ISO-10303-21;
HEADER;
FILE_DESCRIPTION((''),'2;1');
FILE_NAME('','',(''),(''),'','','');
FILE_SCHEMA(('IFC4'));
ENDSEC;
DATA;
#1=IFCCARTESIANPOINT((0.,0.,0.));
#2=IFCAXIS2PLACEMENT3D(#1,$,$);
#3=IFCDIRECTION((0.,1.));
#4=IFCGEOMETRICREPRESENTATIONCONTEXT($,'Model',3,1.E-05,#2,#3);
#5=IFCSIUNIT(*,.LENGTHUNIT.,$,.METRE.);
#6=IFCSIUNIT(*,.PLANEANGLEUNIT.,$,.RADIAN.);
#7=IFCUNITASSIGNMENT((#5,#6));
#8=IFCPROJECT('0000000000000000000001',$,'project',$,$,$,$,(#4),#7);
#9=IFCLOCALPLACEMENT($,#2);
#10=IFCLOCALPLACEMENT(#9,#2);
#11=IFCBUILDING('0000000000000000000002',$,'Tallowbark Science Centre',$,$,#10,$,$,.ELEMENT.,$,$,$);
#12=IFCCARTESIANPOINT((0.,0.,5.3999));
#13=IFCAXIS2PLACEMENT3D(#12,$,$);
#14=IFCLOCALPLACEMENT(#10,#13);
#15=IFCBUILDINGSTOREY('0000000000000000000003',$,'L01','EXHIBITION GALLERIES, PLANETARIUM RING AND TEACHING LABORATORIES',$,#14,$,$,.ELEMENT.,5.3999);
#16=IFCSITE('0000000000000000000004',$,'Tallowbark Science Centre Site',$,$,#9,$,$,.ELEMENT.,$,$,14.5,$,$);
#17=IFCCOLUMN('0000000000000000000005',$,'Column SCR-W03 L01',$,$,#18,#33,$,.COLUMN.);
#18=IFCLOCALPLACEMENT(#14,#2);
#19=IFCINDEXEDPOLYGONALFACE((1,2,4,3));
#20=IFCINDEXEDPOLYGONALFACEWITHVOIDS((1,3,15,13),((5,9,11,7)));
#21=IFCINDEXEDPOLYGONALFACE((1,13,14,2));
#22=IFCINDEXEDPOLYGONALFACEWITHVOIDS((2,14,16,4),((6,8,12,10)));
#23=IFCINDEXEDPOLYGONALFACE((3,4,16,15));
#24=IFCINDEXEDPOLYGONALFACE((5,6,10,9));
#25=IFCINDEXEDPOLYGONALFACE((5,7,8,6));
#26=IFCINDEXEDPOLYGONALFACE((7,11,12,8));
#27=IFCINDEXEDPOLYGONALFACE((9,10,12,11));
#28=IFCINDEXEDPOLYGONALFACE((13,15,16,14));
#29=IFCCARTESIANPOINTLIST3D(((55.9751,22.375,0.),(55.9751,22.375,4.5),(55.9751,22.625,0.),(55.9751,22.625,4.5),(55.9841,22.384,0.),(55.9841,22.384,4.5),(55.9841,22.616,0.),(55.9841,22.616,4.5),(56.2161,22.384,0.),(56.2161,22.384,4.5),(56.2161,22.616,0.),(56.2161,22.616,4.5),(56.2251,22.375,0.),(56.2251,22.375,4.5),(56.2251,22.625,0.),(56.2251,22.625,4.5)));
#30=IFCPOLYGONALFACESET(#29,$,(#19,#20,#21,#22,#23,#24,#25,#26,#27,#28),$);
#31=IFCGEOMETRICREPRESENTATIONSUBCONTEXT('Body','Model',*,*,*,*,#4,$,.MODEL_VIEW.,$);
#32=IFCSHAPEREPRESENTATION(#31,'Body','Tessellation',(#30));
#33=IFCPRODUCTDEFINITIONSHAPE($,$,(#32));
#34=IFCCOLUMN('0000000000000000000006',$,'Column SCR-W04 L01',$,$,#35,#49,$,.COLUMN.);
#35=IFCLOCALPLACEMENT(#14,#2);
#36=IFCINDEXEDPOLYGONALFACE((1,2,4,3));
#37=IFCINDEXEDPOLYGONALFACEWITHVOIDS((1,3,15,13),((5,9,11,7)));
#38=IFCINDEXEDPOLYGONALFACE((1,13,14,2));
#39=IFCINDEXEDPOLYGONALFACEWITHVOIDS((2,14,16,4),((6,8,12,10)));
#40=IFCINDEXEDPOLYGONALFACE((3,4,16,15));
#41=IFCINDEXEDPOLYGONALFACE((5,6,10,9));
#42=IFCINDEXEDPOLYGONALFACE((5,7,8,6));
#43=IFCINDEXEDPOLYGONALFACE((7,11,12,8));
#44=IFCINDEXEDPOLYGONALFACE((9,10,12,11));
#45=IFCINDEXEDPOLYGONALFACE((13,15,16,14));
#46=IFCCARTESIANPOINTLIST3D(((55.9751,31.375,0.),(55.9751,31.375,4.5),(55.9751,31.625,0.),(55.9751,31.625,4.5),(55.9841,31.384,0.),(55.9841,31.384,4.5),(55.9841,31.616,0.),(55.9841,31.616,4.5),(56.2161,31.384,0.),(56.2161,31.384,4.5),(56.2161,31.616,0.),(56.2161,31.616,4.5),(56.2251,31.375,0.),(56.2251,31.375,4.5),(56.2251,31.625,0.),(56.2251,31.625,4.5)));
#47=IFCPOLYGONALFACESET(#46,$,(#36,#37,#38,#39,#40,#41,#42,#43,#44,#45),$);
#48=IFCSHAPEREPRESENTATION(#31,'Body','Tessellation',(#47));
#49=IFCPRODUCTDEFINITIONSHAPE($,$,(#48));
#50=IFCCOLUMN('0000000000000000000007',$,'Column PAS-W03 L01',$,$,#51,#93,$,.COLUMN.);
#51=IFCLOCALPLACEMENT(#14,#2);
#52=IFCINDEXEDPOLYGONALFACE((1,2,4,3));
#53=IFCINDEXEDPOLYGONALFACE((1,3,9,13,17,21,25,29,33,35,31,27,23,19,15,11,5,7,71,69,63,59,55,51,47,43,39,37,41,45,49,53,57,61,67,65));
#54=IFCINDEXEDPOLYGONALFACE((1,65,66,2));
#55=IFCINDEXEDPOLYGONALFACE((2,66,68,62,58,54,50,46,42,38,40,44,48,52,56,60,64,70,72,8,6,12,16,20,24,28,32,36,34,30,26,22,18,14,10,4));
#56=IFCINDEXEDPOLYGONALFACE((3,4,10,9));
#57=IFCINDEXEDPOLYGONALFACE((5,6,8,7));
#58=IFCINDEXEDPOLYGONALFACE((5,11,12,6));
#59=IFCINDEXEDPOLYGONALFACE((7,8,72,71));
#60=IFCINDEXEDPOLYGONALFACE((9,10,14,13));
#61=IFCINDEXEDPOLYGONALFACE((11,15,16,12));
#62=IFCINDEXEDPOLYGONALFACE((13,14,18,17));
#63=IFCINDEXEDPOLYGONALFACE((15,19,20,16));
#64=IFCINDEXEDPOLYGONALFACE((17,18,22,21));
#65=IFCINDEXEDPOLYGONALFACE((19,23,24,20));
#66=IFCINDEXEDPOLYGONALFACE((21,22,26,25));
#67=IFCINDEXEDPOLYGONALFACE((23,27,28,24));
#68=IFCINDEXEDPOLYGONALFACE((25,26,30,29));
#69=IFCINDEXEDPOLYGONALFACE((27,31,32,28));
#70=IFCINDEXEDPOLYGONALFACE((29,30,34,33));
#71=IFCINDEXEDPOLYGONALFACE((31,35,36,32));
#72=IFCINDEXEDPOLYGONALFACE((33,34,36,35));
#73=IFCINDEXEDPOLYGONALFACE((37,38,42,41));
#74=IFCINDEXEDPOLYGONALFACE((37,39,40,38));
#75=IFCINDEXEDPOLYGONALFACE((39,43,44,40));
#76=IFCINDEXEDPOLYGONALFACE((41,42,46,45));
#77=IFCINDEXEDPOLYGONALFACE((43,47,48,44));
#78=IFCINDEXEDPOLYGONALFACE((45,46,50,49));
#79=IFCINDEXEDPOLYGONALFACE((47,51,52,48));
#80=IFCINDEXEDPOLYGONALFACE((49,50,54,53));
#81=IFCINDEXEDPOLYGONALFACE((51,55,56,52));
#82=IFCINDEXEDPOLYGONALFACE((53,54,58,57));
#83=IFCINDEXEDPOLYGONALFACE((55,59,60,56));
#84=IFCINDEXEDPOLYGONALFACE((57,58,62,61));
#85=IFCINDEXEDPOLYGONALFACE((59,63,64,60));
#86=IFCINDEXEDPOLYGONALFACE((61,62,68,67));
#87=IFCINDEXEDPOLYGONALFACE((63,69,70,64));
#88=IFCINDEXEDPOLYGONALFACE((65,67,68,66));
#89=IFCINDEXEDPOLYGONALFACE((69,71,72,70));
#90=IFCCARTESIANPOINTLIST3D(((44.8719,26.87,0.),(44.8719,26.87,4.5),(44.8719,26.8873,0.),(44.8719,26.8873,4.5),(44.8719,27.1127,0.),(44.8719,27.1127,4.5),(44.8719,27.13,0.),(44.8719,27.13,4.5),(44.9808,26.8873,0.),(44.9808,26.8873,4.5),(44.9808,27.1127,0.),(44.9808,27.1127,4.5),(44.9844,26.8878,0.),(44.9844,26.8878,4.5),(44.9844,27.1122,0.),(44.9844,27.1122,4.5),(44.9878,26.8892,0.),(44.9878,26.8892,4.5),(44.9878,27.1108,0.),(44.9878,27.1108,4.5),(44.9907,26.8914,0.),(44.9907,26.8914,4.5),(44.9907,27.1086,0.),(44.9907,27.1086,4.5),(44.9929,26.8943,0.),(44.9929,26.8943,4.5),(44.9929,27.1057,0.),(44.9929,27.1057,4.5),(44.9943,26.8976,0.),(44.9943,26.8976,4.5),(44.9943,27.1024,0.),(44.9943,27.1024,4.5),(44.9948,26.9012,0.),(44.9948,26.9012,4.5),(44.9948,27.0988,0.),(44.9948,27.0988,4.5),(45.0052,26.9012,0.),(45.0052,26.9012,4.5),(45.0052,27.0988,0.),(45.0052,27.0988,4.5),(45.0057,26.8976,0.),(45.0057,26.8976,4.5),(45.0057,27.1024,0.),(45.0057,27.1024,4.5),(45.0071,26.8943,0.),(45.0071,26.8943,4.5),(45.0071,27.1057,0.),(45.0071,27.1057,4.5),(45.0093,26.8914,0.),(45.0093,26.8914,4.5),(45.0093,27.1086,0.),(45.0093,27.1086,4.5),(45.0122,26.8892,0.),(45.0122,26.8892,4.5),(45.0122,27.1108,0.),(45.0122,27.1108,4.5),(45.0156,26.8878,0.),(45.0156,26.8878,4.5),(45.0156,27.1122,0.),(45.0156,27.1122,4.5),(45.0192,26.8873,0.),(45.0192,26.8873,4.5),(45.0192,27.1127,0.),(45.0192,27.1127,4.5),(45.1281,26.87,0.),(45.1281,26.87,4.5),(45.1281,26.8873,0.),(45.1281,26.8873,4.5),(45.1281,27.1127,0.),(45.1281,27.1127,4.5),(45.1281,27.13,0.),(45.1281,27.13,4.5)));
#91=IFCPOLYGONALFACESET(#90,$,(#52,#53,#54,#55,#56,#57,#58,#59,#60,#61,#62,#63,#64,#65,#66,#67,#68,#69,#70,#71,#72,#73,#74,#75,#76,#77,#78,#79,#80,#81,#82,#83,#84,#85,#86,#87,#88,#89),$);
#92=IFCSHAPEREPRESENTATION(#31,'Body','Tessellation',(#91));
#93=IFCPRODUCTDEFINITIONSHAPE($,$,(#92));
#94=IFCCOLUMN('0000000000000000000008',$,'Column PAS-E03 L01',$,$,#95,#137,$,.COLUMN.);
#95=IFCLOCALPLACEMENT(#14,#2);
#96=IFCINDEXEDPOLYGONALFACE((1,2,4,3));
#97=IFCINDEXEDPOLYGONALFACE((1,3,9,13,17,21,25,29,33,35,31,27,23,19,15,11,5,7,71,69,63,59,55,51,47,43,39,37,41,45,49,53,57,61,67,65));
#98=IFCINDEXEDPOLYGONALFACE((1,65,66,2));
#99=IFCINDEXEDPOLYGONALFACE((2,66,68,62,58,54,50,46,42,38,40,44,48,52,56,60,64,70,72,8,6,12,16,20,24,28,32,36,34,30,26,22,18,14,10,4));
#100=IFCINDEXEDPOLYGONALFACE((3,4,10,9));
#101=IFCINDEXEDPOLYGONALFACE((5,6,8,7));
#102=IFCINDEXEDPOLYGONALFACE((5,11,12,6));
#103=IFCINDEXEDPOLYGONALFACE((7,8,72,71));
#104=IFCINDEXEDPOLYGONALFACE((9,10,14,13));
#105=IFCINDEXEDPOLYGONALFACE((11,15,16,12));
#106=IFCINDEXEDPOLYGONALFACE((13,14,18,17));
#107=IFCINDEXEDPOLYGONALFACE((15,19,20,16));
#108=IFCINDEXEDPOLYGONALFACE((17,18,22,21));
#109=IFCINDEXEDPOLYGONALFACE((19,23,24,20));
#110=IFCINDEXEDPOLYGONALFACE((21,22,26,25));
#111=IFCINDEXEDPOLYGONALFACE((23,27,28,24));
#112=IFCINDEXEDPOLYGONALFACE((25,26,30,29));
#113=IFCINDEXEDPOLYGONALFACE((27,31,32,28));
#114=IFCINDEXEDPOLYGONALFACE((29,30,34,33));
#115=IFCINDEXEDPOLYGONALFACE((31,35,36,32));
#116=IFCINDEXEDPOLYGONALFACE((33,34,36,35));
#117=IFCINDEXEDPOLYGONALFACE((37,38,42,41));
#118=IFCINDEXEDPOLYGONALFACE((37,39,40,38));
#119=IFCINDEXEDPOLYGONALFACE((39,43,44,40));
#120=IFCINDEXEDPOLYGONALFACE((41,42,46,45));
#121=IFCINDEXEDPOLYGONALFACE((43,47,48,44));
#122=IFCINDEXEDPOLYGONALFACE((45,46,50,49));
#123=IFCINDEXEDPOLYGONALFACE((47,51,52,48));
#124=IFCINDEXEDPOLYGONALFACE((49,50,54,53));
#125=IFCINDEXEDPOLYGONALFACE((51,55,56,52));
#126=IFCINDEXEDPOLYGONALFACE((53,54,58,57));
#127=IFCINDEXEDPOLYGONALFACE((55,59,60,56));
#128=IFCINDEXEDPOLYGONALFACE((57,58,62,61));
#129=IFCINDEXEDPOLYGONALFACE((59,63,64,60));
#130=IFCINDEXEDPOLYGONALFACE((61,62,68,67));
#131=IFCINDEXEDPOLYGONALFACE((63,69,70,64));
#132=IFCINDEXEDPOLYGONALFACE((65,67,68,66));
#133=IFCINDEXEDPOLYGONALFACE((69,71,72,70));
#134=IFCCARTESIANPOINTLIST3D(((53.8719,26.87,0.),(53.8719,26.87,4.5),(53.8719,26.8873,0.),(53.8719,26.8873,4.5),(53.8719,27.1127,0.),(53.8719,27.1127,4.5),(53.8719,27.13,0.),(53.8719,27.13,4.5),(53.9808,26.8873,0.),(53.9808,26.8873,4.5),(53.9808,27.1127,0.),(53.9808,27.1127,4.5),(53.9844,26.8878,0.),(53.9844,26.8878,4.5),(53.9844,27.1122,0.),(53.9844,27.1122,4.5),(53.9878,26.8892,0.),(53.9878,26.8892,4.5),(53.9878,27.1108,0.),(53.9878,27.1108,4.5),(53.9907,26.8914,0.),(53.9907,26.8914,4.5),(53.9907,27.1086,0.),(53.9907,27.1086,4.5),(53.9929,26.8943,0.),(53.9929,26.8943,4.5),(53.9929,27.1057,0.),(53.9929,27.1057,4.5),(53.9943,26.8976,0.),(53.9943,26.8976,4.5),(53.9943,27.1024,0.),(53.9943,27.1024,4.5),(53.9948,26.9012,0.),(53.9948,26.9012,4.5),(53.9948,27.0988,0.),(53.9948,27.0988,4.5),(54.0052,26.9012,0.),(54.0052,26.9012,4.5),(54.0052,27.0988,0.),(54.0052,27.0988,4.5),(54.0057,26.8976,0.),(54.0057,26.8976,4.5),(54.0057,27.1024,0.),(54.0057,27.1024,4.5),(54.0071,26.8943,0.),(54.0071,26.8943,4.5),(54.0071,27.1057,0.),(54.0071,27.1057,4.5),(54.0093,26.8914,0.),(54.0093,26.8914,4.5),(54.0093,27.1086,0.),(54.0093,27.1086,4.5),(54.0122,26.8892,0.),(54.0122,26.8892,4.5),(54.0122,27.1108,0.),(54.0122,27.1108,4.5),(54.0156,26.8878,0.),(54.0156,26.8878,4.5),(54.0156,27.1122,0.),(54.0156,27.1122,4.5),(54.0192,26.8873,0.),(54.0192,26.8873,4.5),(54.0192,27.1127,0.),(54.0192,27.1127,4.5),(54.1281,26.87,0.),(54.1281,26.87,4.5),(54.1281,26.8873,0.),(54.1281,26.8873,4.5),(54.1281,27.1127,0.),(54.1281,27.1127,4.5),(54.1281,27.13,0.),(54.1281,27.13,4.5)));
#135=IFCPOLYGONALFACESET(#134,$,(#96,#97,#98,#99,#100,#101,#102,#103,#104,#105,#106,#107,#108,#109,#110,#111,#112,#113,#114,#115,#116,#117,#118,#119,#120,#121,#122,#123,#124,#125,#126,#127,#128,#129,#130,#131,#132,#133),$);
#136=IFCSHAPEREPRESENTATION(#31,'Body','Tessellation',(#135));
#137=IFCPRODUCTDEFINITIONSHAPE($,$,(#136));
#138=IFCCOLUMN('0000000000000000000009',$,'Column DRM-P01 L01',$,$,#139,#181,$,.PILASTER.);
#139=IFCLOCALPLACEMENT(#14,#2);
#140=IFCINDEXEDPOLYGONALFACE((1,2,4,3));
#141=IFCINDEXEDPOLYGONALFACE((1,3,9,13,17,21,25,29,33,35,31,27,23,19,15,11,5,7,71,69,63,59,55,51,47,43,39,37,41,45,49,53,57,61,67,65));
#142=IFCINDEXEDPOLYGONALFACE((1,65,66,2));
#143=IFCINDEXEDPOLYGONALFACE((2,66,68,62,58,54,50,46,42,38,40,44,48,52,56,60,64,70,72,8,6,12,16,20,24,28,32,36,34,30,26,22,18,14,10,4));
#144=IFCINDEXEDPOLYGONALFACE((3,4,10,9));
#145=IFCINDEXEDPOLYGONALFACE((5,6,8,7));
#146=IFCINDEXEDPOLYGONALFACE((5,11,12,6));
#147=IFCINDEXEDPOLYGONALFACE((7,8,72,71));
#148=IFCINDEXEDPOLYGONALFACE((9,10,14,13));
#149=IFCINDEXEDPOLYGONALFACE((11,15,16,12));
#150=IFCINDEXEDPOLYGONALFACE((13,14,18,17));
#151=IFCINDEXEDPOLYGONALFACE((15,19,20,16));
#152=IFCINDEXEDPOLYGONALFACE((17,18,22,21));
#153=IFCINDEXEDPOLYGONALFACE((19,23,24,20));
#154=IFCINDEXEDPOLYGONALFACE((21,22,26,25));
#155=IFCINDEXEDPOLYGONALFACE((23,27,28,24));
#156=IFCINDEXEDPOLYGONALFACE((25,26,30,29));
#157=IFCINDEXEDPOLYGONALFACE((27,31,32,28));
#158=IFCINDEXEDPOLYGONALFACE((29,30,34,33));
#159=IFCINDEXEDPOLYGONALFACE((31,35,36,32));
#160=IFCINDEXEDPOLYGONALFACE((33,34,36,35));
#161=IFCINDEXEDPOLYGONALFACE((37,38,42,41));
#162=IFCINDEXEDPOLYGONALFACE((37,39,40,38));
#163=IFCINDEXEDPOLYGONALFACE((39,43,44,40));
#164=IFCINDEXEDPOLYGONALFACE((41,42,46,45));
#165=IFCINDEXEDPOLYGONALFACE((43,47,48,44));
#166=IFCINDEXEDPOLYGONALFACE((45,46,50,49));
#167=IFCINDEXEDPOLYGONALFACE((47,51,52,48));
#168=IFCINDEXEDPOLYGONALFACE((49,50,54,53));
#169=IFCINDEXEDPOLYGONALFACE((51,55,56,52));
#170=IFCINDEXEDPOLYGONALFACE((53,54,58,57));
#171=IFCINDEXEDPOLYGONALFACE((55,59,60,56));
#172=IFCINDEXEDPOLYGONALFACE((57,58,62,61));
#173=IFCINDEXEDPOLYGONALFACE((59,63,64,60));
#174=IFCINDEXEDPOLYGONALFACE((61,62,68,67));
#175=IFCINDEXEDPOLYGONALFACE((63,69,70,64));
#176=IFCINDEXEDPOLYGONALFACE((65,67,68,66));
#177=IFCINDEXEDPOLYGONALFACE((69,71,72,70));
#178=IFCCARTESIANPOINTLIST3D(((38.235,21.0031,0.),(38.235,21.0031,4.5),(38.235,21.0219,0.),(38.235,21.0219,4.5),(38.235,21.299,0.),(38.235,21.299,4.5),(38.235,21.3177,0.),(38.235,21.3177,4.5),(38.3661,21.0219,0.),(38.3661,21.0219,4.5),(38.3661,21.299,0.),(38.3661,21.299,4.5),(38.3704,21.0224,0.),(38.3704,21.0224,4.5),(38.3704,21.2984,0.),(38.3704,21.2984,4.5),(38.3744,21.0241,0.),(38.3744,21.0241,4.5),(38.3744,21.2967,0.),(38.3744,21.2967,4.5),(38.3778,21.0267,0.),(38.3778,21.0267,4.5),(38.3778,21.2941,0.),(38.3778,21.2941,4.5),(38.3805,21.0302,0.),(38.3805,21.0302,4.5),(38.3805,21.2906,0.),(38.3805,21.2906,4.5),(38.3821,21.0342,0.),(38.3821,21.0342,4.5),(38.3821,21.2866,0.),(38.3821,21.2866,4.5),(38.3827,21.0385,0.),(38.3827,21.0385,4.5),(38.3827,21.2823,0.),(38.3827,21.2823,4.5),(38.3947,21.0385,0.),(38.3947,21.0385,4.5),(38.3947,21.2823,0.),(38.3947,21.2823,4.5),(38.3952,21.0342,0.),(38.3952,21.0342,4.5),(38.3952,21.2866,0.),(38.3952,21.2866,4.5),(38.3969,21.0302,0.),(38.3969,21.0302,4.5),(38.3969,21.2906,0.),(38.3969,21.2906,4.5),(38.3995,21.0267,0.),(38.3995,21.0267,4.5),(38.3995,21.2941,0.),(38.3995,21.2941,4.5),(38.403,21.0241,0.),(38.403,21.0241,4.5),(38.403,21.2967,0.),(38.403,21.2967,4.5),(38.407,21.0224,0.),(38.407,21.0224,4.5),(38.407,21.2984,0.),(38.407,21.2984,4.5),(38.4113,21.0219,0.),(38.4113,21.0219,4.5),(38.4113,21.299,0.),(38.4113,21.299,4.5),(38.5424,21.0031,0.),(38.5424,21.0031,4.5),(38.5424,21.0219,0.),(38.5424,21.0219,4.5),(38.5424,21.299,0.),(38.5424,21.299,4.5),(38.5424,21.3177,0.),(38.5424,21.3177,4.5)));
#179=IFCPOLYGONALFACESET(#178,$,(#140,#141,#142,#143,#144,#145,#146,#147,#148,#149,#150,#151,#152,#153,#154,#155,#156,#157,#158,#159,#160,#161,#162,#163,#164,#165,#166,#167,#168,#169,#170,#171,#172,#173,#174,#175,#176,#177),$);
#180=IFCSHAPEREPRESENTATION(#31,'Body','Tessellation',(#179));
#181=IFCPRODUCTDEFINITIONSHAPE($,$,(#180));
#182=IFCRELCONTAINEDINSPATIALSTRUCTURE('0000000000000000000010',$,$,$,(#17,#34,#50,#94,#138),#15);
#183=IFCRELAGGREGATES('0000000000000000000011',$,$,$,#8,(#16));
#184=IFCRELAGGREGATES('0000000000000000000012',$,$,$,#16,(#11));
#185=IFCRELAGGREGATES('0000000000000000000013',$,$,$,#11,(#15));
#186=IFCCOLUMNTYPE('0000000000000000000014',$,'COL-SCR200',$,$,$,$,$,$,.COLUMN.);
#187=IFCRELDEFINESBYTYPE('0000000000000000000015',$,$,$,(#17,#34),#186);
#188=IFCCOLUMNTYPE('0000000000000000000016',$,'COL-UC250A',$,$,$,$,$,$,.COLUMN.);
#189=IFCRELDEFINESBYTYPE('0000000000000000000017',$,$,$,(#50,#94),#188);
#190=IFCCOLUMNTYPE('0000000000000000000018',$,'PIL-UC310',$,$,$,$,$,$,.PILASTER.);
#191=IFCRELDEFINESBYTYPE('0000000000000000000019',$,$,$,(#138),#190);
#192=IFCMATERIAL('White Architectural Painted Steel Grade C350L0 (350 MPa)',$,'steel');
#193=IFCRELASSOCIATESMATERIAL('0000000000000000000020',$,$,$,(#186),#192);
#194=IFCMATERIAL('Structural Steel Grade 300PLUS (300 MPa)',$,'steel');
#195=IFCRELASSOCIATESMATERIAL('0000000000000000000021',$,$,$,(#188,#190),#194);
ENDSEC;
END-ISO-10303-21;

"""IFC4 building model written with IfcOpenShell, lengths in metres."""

from ifc_helpers import new_model, si_unit, direction, frame, origin, origin_2d, place, context, subcontext, project, spatial, hollow_rectangle, i_section, extrude, material, material_profile, profile_set, type_object, element, save


model = new_model("IFC4")

# Units and contexts
model_context = context("Model", 3, precision=1e-05, world=origin(), true_north=direction((0.0, 1.0)))
body_context = subcontext(model_context, "Body", "Model", "MODEL_VIEW")
ifc_project = project(units=[si_unit("LENGTHUNIT", "METRE"), si_unit("PLANEANGLEUNIT", "RADIAN")], contexts=[model_context])

# Site, building, storey
site_placement = place(None, origin())
site = spatial("IfcSite", under=ifc_project, at=site_placement, Name="Tallowbark Science Centre Site", CompositionType="ELEMENT", RefElevation=14.5)
building_placement = place(site_placement, origin())
building = spatial("IfcBuilding", under=site, at=building_placement, Name="Tallowbark Science Centre", CompositionType="ELEMENT")
storey_placement = place(building_placement, frame((0.0, 0.0, 5.3999)))
storey = spatial("IfcBuildingStorey", under=building, at=storey_placement, Name="L01", Description="EXHIBITION GALLERIES, PLANETARIUM RING AND TEACHING LABORATORIES", CompositionType="ELEMENT", Elevation=5.3999)

# Columns
ifc_material_1 = material(Name="White Architectural Painted Steel Grade C350L0 (350 MPa)", Category="steel")
ifc_material_profile_1 = material_profile(ifc_material_1, hollow_rectangle(XDim=0.25, YDim=0.25, WallThickness=0.009, at=origin_2d()), Name="250x250x9.0SHS")
ifc_profile_set_1 = profile_set([ifc_material_profile_1], Name="White Architectural Painted Steel Grade C350L0 (350 MPa)")
column_type_1 = type_object("IfcColumnType", Name="COL-SCR200", PredefinedType="COLUMN", material=ifc_profile_set_1)
for number, where, z_axis, x_axis, name in (
    (1, (56.1001, 22.5, 0.0), (0.0, 0.0, 1.0), (1.0, 0.0, 0.0), "Column SCR-W03 L01"),
    (2, (56.1001, 31.5, 0.0), (0.0, 0.0, 1.0), (1.0, 0.0, 0.0), "Column SCR-W04 L01"),
):
    element("IfcColumn", number, at=place(storey_placement, frame(where, z_axis=z_axis, x_axis=x_axis)), inside=storey, type_object=column_type_1, Name=name, PredefinedType="COLUMN", context=body_context, shape_type="SweptSolid", body=[
        extrude(hollow_rectangle(XDim=0.25, YDim=0.25, WallThickness=0.009, at=origin_2d()), origin(), (0.0, 0.0, 1.0), 4.5),
    ])
ifc_material_2 = material(Name="Structural Steel Grade 300PLUS (300 MPa)", Category="steel")
ifc_material_profile_2 = material_profile(ifc_material_2, i_section(OverallWidth=0.2561, OverallDepth=0.26, WebThickness=0.0105, FlangeThickness=0.0173, FilletRadius=0.0139, at=origin_2d()), Name="250UC89.5")
ifc_profile_set_2 = profile_set([ifc_material_profile_2], Name="Structural Steel Grade 300PLUS (300 MPa)")
column_type_2 = type_object("IfcColumnType", Name="COL-UC250A", PredefinedType="COLUMN", material=ifc_profile_set_2)
for number, where, z_axis, x_axis, name in (
    (3, (45.0, 27.0, 0.0), (0.0, 0.0, 1.0), (1.0, 0.0, 0.0), "Column PAS-W03 L01"),
    (4, (54.0, 27.0, 0.0), (0.0, 0.0, 1.0), (1.0, 0.0, 0.0), "Column PAS-E03 L01"),
):
    element("IfcColumn", number, at=place(storey_placement, frame(where, z_axis=z_axis, x_axis=x_axis)), inside=storey, type_object=column_type_2, Name=name, PredefinedType="COLUMN", context=body_context, shape_type="SweptSolid", body=[
        extrude(i_section(OverallWidth=0.2561, OverallDepth=0.26, WebThickness=0.0105, FlangeThickness=0.0173, FilletRadius=0.0139, at=origin_2d()), origin(), (0.0, 0.0, 1.0), 4.5),
    ])
ifc_material_profile_3 = material_profile(ifc_material_2, i_section(OverallWidth=0.3074, OverallDepth=0.3147, WebThickness=0.012, FlangeThickness=0.0188, FilletRadius=0.0166, at=origin_2d()), Name="310UC118")
ifc_profile_set_3 = profile_set([ifc_material_profile_3], Name="Structural Steel Grade 300PLUS (300 MPa)")
column_type_3 = type_object("IfcColumnType", Name="PIL-UC310", PredefinedType="PILASTER", material=ifc_profile_set_3)
for number, where, z_axis, x_axis, name in (
    (5, (38.3887, 21.1604, 0.0), (0.0, 0.0, 1.0), (1.0, 0.0, 0.0), "Column DRM-P01 L01"),
):
    element("IfcColumn", number, at=place(storey_placement, frame(where, z_axis=z_axis, x_axis=x_axis)), inside=storey, type_object=column_type_3, Name=name, PredefinedType="PILASTER", context=body_context, shape_type="SweptSolid", body=[
        extrude(i_section(OverallWidth=0.3074, OverallDepth=0.3147, WebThickness=0.012, FlangeThickness=0.0188, FilletRadius=0.0166, at=origin_2d()), origin(), (0.0, 0.0, 1.0), 4.5),
    ])

save(model, "model.ifc")
